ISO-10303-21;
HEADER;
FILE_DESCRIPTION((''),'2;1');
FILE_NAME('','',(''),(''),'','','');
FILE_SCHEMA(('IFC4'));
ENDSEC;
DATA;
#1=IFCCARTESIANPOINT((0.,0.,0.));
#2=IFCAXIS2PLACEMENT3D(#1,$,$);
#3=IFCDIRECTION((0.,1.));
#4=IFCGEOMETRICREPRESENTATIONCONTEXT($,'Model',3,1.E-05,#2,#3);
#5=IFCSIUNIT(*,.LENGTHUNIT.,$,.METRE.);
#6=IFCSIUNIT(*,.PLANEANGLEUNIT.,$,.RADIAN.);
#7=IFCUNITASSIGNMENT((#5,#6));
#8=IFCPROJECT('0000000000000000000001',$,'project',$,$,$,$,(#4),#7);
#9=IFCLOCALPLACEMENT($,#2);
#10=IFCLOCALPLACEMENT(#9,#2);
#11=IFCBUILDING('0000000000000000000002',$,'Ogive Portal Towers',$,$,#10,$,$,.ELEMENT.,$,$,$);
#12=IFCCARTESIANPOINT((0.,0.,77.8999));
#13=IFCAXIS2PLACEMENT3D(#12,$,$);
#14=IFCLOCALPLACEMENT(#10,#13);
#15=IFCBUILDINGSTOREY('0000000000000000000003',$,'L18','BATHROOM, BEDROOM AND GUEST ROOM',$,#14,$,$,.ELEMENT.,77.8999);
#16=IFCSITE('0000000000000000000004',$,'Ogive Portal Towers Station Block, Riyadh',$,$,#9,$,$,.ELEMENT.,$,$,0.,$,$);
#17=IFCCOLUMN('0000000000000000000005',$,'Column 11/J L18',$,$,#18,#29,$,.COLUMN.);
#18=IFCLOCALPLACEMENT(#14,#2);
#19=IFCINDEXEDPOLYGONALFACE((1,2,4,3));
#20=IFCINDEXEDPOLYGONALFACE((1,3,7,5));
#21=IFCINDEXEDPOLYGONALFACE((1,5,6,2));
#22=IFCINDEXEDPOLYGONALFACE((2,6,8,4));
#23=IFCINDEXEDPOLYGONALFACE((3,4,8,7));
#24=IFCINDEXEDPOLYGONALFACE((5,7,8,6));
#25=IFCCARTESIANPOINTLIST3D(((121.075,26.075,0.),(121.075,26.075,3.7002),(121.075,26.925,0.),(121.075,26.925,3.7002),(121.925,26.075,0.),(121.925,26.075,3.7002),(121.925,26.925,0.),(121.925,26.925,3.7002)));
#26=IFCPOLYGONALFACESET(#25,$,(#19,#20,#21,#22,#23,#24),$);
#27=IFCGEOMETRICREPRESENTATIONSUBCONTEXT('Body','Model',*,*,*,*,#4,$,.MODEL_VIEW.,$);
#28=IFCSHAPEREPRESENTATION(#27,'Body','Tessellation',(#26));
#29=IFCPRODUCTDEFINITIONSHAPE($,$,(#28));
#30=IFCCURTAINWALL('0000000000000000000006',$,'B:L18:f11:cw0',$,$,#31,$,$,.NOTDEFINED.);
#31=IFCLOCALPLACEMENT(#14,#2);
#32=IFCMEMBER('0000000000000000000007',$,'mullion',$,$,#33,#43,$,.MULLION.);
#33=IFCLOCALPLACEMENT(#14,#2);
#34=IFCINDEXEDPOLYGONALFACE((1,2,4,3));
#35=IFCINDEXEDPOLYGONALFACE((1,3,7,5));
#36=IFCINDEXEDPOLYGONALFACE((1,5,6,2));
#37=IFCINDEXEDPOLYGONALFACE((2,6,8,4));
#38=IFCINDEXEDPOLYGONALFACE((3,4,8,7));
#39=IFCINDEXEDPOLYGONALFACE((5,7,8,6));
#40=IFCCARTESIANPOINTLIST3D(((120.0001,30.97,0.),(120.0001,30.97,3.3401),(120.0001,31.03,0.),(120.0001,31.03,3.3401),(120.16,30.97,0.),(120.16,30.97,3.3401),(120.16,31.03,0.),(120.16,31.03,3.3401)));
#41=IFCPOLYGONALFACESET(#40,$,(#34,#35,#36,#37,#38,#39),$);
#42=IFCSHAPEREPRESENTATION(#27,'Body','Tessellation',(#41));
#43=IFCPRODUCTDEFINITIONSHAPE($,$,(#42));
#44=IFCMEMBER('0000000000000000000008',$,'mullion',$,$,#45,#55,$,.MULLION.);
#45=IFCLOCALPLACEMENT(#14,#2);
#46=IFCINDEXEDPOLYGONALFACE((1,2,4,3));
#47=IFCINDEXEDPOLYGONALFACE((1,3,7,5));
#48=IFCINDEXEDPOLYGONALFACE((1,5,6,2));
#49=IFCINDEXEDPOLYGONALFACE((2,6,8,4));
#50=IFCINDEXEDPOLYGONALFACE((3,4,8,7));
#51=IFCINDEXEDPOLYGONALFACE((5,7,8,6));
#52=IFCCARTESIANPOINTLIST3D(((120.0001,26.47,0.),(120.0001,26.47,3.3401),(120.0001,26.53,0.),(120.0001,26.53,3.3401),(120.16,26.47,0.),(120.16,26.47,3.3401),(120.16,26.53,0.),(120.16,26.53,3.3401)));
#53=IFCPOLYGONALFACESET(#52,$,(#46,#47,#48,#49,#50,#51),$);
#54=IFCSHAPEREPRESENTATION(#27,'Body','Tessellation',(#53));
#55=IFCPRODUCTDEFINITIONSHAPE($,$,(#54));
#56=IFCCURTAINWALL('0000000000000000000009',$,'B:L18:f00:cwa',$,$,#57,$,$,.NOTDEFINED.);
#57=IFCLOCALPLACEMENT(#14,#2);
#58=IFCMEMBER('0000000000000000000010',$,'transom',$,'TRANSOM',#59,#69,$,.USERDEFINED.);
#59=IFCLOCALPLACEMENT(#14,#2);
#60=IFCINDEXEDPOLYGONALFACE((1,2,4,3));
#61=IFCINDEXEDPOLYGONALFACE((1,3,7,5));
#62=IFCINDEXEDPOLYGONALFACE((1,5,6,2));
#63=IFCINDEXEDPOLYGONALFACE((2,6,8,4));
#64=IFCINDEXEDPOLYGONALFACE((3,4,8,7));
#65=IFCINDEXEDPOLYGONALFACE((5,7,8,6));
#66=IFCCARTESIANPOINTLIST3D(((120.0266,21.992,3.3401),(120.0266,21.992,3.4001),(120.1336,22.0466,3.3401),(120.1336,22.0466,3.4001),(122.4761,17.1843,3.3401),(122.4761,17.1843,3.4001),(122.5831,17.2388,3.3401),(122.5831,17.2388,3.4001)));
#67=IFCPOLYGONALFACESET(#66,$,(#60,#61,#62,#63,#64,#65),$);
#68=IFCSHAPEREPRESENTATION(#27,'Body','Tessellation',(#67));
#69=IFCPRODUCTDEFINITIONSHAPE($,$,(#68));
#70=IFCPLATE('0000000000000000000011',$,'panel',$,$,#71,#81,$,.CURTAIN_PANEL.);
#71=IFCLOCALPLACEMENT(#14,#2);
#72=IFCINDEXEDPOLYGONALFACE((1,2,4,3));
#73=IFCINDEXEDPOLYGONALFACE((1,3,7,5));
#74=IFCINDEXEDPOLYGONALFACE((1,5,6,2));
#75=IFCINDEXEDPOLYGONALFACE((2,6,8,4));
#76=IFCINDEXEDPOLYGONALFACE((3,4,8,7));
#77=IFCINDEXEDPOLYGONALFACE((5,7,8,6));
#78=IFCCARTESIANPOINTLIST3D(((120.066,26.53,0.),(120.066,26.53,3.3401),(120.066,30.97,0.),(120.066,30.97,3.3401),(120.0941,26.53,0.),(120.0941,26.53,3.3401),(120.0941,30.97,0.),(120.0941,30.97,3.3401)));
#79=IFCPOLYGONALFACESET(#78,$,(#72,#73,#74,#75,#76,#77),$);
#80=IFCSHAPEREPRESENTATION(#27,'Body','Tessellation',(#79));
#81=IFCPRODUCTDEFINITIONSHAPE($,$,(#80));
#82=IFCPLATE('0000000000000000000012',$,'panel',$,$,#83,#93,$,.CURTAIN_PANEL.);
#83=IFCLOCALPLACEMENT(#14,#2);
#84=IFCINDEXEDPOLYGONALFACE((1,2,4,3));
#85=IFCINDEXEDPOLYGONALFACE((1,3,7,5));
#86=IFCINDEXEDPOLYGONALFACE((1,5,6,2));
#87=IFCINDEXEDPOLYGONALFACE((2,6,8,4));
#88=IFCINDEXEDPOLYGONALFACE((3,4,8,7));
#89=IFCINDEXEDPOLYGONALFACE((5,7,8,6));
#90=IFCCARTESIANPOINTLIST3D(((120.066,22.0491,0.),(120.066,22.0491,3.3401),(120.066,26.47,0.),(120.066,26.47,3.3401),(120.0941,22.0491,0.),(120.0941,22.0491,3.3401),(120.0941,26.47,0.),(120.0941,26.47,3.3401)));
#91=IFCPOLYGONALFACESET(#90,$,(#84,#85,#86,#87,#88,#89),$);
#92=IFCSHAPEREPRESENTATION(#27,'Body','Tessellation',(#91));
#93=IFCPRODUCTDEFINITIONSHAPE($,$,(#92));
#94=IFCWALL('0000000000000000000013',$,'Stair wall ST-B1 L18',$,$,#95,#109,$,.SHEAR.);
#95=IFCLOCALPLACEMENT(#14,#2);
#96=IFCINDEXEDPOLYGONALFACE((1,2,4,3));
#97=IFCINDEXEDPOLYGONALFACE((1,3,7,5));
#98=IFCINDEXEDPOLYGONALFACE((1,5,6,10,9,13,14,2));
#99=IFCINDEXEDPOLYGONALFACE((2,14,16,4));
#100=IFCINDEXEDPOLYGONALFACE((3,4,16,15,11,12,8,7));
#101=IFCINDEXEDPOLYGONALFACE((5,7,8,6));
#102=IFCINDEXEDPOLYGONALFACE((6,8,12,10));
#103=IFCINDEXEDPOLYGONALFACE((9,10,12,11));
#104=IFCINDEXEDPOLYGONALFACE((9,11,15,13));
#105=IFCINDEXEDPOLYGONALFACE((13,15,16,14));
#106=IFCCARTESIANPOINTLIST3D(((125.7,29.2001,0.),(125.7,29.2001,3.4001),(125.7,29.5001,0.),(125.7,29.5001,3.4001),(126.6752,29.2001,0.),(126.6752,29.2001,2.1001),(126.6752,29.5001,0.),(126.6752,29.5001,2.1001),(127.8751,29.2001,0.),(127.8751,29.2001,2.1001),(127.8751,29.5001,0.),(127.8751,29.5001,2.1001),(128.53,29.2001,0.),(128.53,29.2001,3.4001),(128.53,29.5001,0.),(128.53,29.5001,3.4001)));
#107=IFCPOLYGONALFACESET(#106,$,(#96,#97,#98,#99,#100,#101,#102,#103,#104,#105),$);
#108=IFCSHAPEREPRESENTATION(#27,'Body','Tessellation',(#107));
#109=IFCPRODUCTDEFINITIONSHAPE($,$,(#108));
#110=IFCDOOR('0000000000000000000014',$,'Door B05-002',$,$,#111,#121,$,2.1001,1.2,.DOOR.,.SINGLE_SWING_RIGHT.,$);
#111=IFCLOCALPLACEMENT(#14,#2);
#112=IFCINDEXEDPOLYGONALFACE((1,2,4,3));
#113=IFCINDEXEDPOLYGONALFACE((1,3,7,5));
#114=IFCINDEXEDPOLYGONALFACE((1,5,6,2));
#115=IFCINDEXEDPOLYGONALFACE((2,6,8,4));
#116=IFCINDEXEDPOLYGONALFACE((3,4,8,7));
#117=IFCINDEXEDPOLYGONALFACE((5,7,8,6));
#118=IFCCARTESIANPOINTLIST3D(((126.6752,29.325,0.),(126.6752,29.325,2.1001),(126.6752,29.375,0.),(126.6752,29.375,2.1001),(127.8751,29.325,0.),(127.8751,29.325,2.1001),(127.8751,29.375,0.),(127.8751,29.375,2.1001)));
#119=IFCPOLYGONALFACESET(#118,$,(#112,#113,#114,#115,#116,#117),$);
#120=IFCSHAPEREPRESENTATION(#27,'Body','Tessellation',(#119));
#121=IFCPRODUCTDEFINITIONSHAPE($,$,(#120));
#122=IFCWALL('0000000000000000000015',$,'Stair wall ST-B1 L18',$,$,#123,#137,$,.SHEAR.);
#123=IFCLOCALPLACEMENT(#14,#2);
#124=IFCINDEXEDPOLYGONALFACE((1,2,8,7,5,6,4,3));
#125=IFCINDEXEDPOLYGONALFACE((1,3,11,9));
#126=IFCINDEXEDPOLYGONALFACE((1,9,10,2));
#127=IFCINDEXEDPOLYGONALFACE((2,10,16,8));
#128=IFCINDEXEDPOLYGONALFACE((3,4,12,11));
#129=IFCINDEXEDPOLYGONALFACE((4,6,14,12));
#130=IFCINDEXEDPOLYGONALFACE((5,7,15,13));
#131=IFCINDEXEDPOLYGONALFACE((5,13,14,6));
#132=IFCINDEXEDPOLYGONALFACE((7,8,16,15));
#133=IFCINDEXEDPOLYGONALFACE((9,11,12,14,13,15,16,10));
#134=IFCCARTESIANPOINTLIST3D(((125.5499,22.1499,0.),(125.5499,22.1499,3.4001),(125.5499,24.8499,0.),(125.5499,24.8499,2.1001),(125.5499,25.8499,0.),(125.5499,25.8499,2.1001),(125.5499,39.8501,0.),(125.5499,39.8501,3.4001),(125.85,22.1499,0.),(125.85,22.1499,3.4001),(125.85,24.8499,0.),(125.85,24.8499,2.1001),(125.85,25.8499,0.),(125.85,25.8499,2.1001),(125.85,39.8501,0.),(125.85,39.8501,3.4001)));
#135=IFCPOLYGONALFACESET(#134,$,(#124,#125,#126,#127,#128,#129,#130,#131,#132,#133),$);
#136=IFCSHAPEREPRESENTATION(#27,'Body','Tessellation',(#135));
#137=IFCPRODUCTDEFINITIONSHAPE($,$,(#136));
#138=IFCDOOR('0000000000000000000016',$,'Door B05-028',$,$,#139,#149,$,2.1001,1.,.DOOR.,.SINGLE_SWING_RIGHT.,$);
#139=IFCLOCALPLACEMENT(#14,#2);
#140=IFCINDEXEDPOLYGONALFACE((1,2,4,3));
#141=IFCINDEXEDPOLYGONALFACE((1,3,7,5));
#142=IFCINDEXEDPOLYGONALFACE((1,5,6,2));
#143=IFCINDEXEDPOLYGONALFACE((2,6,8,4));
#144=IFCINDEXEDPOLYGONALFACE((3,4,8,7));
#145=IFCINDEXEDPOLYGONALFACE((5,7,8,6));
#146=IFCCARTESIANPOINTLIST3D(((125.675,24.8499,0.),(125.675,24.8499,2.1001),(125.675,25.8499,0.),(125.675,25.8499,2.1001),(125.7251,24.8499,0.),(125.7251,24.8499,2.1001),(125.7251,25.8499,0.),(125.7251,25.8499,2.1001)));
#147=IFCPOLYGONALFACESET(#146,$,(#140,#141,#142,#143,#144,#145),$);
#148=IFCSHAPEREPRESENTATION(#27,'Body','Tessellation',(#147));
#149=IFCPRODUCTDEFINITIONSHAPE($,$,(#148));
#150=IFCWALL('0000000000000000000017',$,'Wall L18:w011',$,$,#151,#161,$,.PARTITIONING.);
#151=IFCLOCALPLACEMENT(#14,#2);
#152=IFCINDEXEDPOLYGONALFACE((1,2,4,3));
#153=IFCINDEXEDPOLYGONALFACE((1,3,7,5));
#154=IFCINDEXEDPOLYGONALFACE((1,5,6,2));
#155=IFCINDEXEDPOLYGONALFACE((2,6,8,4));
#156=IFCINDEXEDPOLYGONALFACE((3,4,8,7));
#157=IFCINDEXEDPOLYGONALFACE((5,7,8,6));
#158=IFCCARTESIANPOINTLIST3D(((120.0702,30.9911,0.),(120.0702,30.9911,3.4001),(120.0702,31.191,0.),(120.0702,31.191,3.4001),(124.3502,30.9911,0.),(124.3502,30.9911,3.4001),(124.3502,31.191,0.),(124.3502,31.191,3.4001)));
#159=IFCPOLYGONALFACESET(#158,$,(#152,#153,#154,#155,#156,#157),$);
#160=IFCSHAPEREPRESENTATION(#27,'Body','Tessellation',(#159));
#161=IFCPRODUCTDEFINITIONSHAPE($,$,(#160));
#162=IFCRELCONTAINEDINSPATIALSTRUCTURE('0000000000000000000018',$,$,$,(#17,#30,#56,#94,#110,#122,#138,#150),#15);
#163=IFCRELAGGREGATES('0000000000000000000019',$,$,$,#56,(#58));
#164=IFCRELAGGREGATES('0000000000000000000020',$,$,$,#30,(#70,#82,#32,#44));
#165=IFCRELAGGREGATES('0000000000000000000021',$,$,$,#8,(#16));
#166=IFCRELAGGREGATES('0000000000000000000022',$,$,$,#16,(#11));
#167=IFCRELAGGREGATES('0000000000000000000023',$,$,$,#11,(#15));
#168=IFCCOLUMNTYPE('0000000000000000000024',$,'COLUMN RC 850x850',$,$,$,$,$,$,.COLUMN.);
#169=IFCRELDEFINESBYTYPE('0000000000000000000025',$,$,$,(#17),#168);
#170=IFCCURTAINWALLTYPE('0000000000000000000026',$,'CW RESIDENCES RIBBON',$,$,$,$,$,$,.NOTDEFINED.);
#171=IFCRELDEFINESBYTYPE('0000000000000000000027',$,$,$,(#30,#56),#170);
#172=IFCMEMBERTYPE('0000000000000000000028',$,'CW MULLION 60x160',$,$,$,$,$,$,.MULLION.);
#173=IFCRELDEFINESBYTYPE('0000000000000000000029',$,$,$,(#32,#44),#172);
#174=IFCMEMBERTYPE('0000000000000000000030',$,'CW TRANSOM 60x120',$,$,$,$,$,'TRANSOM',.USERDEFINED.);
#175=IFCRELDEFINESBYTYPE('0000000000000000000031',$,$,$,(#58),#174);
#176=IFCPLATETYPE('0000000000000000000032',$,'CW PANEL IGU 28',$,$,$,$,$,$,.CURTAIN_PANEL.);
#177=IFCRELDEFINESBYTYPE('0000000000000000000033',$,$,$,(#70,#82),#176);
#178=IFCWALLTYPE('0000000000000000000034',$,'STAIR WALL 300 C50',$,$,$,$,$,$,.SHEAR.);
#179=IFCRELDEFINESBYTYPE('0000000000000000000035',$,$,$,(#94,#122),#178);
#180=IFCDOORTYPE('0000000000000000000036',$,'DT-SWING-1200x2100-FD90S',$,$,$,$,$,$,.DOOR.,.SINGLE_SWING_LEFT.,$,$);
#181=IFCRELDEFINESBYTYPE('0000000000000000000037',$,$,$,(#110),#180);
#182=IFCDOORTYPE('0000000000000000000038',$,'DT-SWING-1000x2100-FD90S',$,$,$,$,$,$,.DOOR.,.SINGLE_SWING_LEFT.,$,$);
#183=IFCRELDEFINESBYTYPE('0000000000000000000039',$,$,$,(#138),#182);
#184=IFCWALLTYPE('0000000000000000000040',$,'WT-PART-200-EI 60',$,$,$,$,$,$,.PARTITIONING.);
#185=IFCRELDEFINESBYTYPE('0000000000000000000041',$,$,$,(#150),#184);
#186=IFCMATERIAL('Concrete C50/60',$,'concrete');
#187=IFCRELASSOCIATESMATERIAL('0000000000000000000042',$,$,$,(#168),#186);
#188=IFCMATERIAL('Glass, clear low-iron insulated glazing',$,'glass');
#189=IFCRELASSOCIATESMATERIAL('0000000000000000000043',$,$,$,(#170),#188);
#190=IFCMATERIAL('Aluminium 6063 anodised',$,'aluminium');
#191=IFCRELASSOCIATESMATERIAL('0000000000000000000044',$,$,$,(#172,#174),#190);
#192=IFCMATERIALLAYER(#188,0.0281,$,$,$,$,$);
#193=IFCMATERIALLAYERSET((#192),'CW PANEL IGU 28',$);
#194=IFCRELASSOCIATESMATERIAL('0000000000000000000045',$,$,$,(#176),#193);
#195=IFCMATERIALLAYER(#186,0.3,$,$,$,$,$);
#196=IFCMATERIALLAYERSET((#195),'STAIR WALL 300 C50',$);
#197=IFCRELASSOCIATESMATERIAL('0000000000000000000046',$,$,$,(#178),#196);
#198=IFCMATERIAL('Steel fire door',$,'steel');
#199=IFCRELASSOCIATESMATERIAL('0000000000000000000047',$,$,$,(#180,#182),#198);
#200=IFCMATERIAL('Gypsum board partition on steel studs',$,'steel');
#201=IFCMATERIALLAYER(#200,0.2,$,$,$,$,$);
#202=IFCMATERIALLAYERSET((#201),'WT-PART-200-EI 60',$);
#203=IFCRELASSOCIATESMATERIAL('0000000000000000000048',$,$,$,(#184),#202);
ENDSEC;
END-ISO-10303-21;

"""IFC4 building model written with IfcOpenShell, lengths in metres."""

from ifc_helpers import new_model, si_unit, direction, frame, frame_2d, origin, origin_2d, place, context, subcontext, project, spatial, rectangle, extrude, material, layer, layer_set, material_profile, profile_set, type_object, element, fill, aggregate, save


model = new_model("IFC4")

# Units and contexts
model_context = context("Model", 3, precision=1e-05, world=origin(), true_north=direction((0.0, 1.0)))
body_context = subcontext(model_context, "Body", "Model", "MODEL_VIEW")
ifc_project = project(units=[si_unit("LENGTHUNIT", "METRE"), si_unit("PLANEANGLEUNIT", "RADIAN")], contexts=[model_context])

# Site, building, storey
site_placement = place(None, origin())
site = spatial("IfcSite", under=ifc_project, at=site_placement, Name="Ogive Portal Towers Station Block, Riyadh", CompositionType="ELEMENT", RefElevation=0.0)
building_placement = place(site_placement, origin())
building = spatial("IfcBuilding", under=site, at=building_placement, Name="Ogive Portal Towers", CompositionType="ELEMENT")
storey_placement = place(building_placement, frame((0.0, 0.0, 77.8999)))
storey = spatial("IfcBuildingStorey", under=building, at=storey_placement, Name="L18", Description="BATHROOM, BEDROOM AND GUEST ROOM", CompositionType="ELEMENT", Elevation=77.8999)

# Column
ifc_material_1 = material(Name="Concrete C50/60", Category="concrete")
ifc_material_profile_1 = material_profile(ifc_material_1, rectangle(XDim=0.8501, YDim=0.8501, at=origin_2d()), Name="RC 850x850")
ifc_profile_set_1 = profile_set([ifc_material_profile_1], Name="Concrete C50/60")
column_type = type_object("IfcColumnType", Name="COLUMN RC 850x850", PredefinedType="COLUMN", material=ifc_profile_set_1)
column_placement = place(storey_placement, frame((121.5, 26.5, 0.0), z_axis=(0.0, 0.0, 1.0), x_axis=(1.0, 0.0, 0.0)))
element("IfcColumn", 1, at=column_placement, inside=storey, type_object=column_type, Name="Column 11/J L18", PredefinedType="COLUMN", context=body_context, shape_type="SweptSolid", body=[
    extrude(rectangle(XDim=0.8501, YDim=0.8501, at=origin_2d()), origin(), (0.0, 0.0, 1.0), 3.7002),
])

# Curtain wall, members
ifc_material_2 = material(Name="Glass, clear low-iron insulated glazing", Category="glass")
curtain_wall_type = type_object("IfcCurtainWallType", Name="CW RESIDENCES RIBBON", PredefinedType="NOTDEFINED", material=ifc_material_2)
curtain_wall_1_placement = place(storey_placement, origin())
curtain_wall_1 = element("IfcCurtainWall", 2, at=curtain_wall_1_placement, inside=storey, type_object=curtain_wall_type, Name="B:L18:f11:cw0", PredefinedType="NOTDEFINED")
ifc_material_3 = material(Name="Aluminium 6063 anodised", Category="aluminium")
ifc_material_profile_2 = material_profile(ifc_material_3, rectangle(XDim=0.1599, YDim=0.0601, at=origin_2d()), Name="AL 60x160")
ifc_profile_set_2 = profile_set([ifc_material_profile_2], Name="Aluminium 6063 anodised")
member_type_1 = type_object("IfcMemberType", Name="CW MULLION 60x160", PredefinedType="MULLION", material=ifc_profile_set_2)
member_1_placement = place(storey_placement, frame((120.0801, 31.0, 0.0), z_axis=(0.0, 0.0, 1.0), x_axis=(1.0, 0.0, 0.0)))
member_1 = element("IfcMember", 3, at=member_1_placement, type_object=member_type_1, Name="mullion", PredefinedType="MULLION", context=body_context, shape_type="SweptSolid", body=[
    extrude(rectangle(XDim=0.1599, YDim=0.0601, at=origin_2d()), origin(), (0.0, 0.0, 1.0), 3.3401),
])
member_2_placement = place(storey_placement, frame((120.0801, 26.5, 0.0), z_axis=(0.0, 0.0, 1.0), x_axis=(1.0, 0.0, 0.0)))
member_2 = element("IfcMember", 4, at=member_2_placement, type_object=member_type_1, Name="mullion", PredefinedType="MULLION", context=body_context, shape_type="SweptSolid", body=[
    extrude(rectangle(XDim=0.1599, YDim=0.0601, at=origin_2d()), origin(), (0.0, 0.0, 1.0), 3.3401),
])

# Curtain wall, member
curtain_wall_2_placement = place(storey_placement, origin())
curtain_wall_2 = element("IfcCurtainWall", 5, at=curtain_wall_2_placement, inside=storey, type_object=curtain_wall_type, Name="B:L18:f00:cwa", PredefinedType="NOTDEFINED")
ifc_material_profile_3 = material_profile(ifc_material_3, rectangle(XDim=0.1201, YDim=0.0601, at=origin_2d()), Name="AL 120x60")
ifc_profile_set_3 = profile_set([ifc_material_profile_3], Name="Aluminium 6063 anodised")
member_type_2 = type_object("IfcMemberType", Name="CW TRANSOM 60x120", ElementType="TRANSOM", PredefinedType="USERDEFINED", material=ifc_profile_set_3)
member_3_placement = place(storey_placement, frame((120.0801, 22.0193, 3.3701), z_axis=(0.45397, -0.891017, 0.0), x_axis=(0.891017, 0.45397, 0.0)))
member_3 = element("IfcMember", 6, at=member_3_placement, type_object=member_type_2, Name="transom", ObjectType="TRANSOM", PredefinedType="USERDEFINED", context=body_context, shape_type="SweptSolid", body=[
    extrude(rectangle(XDim=0.1201, YDim=0.0601, at=origin_2d()), origin(), (0.0, 0.0, 1.0), 5.3958),
])
aggregate(curtain_wall_2, [member_3])

# Plates
ifc_layer_1 = layer(ifc_material_2, 0.0281)
ifc_layer_set_1 = layer_set([ifc_layer_1], Name="CW PANEL IGU 28")
plate_type = type_object("IfcPlateType", Name="CW PANEL IGU 28", PredefinedType="CURTAIN_PANEL", material=ifc_layer_set_1)
plate_1_placement = place(storey_placement, frame((120.0801, 28.75, 0.0), z_axis=(0.0, 0.0, 1.0), x_axis=(0.0, -1.0, 0.0)))
plate_1 = element("IfcPlate", 7, at=plate_1_placement, type_object=plate_type, Name="panel", PredefinedType="CURTAIN_PANEL", context=body_context, shape_type="SweptSolid", body=[
    extrude(rectangle(XDim=4.4399, YDim=0.0281, at=origin_2d()), origin(), (0.0, 0.0, 1.0), 3.3401),
])
plate_2_placement = place(storey_placement, frame((120.0801, 24.2595, 0.0), z_axis=(0.0, 0.0, 1.0), x_axis=(0.0, -1.0, 0.0)))
plate_2 = element("IfcPlate", 8, at=plate_2_placement, type_object=plate_type, Name="panel", PredefinedType="CURTAIN_PANEL", context=body_context, shape_type="SweptSolid", body=[
    extrude(rectangle(XDim=4.4209, YDim=0.0281, at=origin_2d()), origin(), (0.0, 0.0, 1.0), 3.3401),
])
aggregate(curtain_wall_1, [plate_1, plate_2, member_1, member_2])

# Walls, openings, doors
ifc_layer_2 = layer(ifc_material_1, 0.3)
ifc_layer_set_2 = layer_set([ifc_layer_2], Name="STAIR WALL 300 C50")
wall_type_1 = type_object("IfcWallType", Name="STAIR WALL 300 C50", PredefinedType="SHEAR", material=ifc_layer_set_2)
wall_1_placement = place(storey_placement, frame((125.7, 29.3501, 0.0), z_axis=(0.0, 0.0, 1.0), x_axis=(1.0, 0.0, 0.0)))
wall_1 = element("IfcWall", 9, at=wall_1_placement, inside=storey, type_object=wall_type_1, Name="Stair wall ST-B1 L18", PredefinedType="SHEAR", context=body_context, shape_type="SweptSolid", body=[
    extrude(rectangle(XDim=2.8301, YDim=0.3, at=frame_2d((1.415, 0.0))), origin(), (0.0, 0.0, 1.0), 3.4001),
])
opening_1_placement = place(wall_1_placement, frame((0.9751, 0.0, 0.0)))
opening_1 = element("IfcOpeningElement", 10, at=opening_1_placement, cuts=wall_1, PredefinedType="OPENING", context=body_context, shape_type="SweptSolid", body=[
    extrude(rectangle(XDim=1.2, YDim=2.1001, at=frame_2d((0.6001, 1.05))), frame((0.0, 0.1602, 0.0), z_axis=(0.0, -1.0, 0.0), x_axis=(1.0, 0.0, 0.0)), (0.0, 0.0, 1.0), 0.3201),
])
ifc_material_4 = material(Name="Steel fire door", Category="steel")
door_type_1 = type_object("IfcDoorType", Name="DT-SWING-1200x2100-FD90S", OperationType="SINGLE_SWING_LEFT", PredefinedType="DOOR", material=ifc_material_4)
door_1_placement = place(opening_1_placement, origin())
door_1 = element("IfcDoor", 11, at=door_1_placement, inside=storey, type_object=door_type_1, Name="Door B05-002", OperationType="SINGLE_SWING_RIGHT", OverallHeight=2.1001, OverallWidth=1.2, PredefinedType="DOOR", context=body_context, shape_type="SweptSolid", body=[
    extrude(rectangle(XDim=1.2, YDim=2.1001, at=frame_2d((0.6001, 1.05))), frame((0.0, 0.0249, 0.0), z_axis=(0.0, -1.0, 0.0), x_axis=(1.0, 0.0, 0.0)), (0.0, 0.0, 1.0), 0.05),
])
fill(opening_1, door_1)
wall_2_placement = place(storey_placement, frame((125.7, 22.1499, 0.0), z_axis=(0.0, 0.0, 1.0), x_axis=(0.0, 1.0, 0.0)))
wall_2 = element("IfcWall", 12, at=wall_2_placement, inside=storey, type_object=wall_type_1, Name="Stair wall ST-B1 L18", PredefinedType="SHEAR", context=body_context, shape_type="SweptSolid", body=[
    extrude(rectangle(XDim=17.7002, YDim=0.3, at=frame_2d((8.8501, 0.0))), origin(), (0.0, 0.0, 1.0), 3.4001),
])
opening_2_placement = place(wall_2_placement, frame((2.7, 0.0, 0.0)))
opening_2 = element("IfcOpeningElement", 13, at=opening_2_placement, cuts=wall_2, PredefinedType="OPENING", context=body_context, shape_type="SweptSolid", body=[
    extrude(rectangle(XDim=1.0, YDim=2.1001, at=frame_2d((0.5, 1.05))), frame((0.0, 0.1602, 0.0), z_axis=(0.0, -1.0, 0.0), x_axis=(1.0, 0.0, 0.0)), (0.0, 0.0, 1.0), 0.3201),
])
door_type_2 = type_object("IfcDoorType", Name="DT-SWING-1000x2100-FD90S", OperationType="SINGLE_SWING_LEFT", PredefinedType="DOOR", material=ifc_material_4)
door_2_placement = place(opening_2_placement, origin())
door_2 = element("IfcDoor", 14, at=door_2_placement, inside=storey, type_object=door_type_2, Name="Door B05-028", OperationType="SINGLE_SWING_RIGHT", OverallHeight=2.1001, OverallWidth=1.0, PredefinedType="DOOR", context=body_context, shape_type="SweptSolid", body=[
    extrude(rectangle(XDim=1.0, YDim=2.1001, at=frame_2d((0.5, 1.05))), frame((0.0, 0.0249, 0.0), z_axis=(0.0, -1.0, 0.0), x_axis=(1.0, 0.0, 0.0)), (0.0, 0.0, 1.0), 0.05),
])
fill(opening_2, door_2)

# Wall
ifc_material_5 = material(Name="Gypsum board partition on steel studs", Category="steel")
ifc_layer_3 = layer(ifc_material_5, 0.2)
ifc_layer_set_3 = layer_set([ifc_layer_3], Name="WT-PART-200-EI 60")
wall_type_2 = type_object("IfcWallType", Name="WT-PART-200-EI 60", PredefinedType="PARTITIONING", material=ifc_layer_set_3)
wall_3_placement = place(storey_placement, frame((120.0701, 31.0911, 0.0), z_axis=(0.0, 0.0, 1.0), x_axis=(1.0, 0.0, 0.0)))
element("IfcWall", 15, at=wall_3_placement, inside=storey, type_object=wall_type_2, Name="Wall L18:w011", PredefinedType="PARTITIONING", context=body_context, shape_type="SweptSolid", body=[
    extrude(rectangle(XDim=4.28, YDim=0.2, at=frame_2d((2.1401, 0.0))), origin(), (0.0, 0.0, 1.0), 3.4001),
])

save(model, "model.ifc")
